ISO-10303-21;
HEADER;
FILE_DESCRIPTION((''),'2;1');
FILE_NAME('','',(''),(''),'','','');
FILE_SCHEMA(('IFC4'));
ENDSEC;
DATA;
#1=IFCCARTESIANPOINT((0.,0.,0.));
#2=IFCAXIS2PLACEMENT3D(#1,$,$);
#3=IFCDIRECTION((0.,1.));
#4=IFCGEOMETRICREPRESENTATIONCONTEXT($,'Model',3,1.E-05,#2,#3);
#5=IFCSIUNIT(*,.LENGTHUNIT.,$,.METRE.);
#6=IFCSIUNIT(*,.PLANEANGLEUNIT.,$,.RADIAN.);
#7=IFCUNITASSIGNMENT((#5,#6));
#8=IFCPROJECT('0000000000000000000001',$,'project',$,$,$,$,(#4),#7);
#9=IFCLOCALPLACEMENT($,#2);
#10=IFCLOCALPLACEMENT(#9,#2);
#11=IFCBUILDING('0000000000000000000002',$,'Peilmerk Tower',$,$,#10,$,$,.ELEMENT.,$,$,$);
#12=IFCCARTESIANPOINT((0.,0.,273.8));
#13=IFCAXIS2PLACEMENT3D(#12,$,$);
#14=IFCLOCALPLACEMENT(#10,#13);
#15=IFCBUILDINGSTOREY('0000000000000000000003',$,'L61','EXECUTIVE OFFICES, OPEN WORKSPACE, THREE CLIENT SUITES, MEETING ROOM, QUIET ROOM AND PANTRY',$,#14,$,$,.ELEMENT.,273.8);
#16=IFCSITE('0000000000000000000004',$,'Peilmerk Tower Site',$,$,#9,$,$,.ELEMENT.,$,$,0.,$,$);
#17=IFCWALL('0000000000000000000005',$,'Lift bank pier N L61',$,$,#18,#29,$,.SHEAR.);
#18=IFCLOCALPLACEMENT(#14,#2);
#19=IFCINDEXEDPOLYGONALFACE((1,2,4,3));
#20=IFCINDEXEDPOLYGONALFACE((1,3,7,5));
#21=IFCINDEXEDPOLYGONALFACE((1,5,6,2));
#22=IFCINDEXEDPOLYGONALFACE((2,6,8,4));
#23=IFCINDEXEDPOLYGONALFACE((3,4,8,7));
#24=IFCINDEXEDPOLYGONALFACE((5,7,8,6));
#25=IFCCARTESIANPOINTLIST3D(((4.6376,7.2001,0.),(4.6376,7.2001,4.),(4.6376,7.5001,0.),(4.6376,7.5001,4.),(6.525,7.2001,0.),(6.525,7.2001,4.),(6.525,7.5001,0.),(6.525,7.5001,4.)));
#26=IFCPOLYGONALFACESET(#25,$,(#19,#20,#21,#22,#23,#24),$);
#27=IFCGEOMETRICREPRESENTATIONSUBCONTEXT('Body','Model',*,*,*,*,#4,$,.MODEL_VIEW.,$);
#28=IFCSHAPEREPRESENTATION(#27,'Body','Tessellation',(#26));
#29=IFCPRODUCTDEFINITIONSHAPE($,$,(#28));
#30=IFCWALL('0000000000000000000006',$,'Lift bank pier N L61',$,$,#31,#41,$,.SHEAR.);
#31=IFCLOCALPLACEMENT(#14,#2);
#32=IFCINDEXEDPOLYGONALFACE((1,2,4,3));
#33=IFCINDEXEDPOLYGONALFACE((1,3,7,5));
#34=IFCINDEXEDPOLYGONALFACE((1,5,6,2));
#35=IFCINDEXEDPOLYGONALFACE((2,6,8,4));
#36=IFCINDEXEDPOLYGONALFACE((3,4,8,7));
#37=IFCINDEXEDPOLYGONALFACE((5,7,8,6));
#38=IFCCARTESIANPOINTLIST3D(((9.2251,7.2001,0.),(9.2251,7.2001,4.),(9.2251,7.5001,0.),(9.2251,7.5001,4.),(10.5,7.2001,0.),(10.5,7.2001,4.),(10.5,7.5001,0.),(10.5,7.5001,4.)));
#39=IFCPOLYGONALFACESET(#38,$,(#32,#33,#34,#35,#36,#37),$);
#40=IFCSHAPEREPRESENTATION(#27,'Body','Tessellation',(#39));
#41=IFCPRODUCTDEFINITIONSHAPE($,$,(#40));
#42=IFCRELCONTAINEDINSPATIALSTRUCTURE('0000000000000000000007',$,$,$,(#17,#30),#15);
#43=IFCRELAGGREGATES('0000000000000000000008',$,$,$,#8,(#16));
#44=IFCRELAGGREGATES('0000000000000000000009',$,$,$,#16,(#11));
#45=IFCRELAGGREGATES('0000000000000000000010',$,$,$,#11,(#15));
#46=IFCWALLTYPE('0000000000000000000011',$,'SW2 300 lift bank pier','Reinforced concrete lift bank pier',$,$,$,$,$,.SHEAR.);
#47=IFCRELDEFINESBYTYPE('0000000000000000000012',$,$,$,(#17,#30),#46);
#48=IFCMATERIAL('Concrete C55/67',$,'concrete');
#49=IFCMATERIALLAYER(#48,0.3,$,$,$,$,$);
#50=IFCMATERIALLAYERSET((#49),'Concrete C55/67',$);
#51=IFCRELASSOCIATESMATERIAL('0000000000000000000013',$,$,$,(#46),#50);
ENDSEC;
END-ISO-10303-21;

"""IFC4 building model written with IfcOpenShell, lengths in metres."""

from ifc_helpers import new_model, si_unit, direction, frame, frame_2d, origin, place, context, subcontext, project, spatial, rectangle, extrude, material, layer, layer_set, type_object, element, save


model = new_model("IFC4")

# Units and contexts
model_context = context("Model", 3, precision=1e-05, world=origin(), true_north=direction((0.0, 1.0)))
body_context = subcontext(model_context, "Body", "Model", "MODEL_VIEW")
ifc_project = project(units=[si_unit("LENGTHUNIT", "METRE"), si_unit("PLANEANGLEUNIT", "RADIAN")], contexts=[model_context])

# Site, building, storey
site_placement = place(None, origin())
site = spatial("IfcSite", under=ifc_project, at=site_placement, Name="Peilmerk Tower Site", CompositionType="ELEMENT", RefElevation=0.0)
building_placement = place(site_placement, origin())
building = spatial("IfcBuilding", under=site, at=building_placement, Name="Peilmerk Tower", CompositionType="ELEMENT")
storey_placement = place(building_placement, frame((0.0, 0.0, 273.8)))
storey = spatial("IfcBuildingStorey", under=building, at=storey_placement, Name="L61", Description="EXECUTIVE OFFICES, OPEN WORKSPACE, THREE CLIENT SUITES, MEETING ROOM, QUIET ROOM AND PANTRY", CompositionType="ELEMENT", Elevation=273.8)

# Shared definitions
ifc_material_1 = material(Name="Concrete C55/67", Category="concrete")

# Walls
ifc_layer_1 = layer(ifc_material_1, 0.3)
ifc_layer_set_1 = layer_set([ifc_layer_1], Name="Concrete C55/67")
wall_type_1 = type_object("IfcWallType", Name="SW2 300 lift bank pier", Description="Reinforced concrete lift bank pier", PredefinedType="SHEAR", material=ifc_layer_set_1)
wall_1_placement = place(storey_placement, frame((4.6375, 7.3501, 0.0), z_axis=(0.0, 0.0, 1.0), x_axis=(1.0, 0.0, 0.0)))
element("IfcWall", 1, at=wall_1_placement, inside=storey, type_object=wall_type_1, Name="Lift bank pier N L61", PredefinedType="SHEAR", context=body_context, shape_type="SweptSolid", body=[
    extrude(rectangle(XDim=1.8875, YDim=0.3, at=frame_2d((0.9438, 0.0))), origin(), (0.0, 0.0, 1.0), 4.0),
])
wall_2_placement = place(storey_placement, frame((9.2251, 7.3501, 0.0), z_axis=(0.0, 0.0, 1.0), x_axis=(1.0, 0.0, 0.0)))
element("IfcWall", 2, at=wall_2_placement, inside=storey, type_object=wall_type_1, Name="Lift bank pier N L61", PredefinedType="SHEAR", context=body_context, shape_type="SweptSolid", body=[
    extrude(rectangle(XDim=1.2749, YDim=0.3, at=frame_2d((0.6375, 0.0))), origin(), (0.0, 0.0, 1.0), 4.0),
])

save(model, "model.ifc")
